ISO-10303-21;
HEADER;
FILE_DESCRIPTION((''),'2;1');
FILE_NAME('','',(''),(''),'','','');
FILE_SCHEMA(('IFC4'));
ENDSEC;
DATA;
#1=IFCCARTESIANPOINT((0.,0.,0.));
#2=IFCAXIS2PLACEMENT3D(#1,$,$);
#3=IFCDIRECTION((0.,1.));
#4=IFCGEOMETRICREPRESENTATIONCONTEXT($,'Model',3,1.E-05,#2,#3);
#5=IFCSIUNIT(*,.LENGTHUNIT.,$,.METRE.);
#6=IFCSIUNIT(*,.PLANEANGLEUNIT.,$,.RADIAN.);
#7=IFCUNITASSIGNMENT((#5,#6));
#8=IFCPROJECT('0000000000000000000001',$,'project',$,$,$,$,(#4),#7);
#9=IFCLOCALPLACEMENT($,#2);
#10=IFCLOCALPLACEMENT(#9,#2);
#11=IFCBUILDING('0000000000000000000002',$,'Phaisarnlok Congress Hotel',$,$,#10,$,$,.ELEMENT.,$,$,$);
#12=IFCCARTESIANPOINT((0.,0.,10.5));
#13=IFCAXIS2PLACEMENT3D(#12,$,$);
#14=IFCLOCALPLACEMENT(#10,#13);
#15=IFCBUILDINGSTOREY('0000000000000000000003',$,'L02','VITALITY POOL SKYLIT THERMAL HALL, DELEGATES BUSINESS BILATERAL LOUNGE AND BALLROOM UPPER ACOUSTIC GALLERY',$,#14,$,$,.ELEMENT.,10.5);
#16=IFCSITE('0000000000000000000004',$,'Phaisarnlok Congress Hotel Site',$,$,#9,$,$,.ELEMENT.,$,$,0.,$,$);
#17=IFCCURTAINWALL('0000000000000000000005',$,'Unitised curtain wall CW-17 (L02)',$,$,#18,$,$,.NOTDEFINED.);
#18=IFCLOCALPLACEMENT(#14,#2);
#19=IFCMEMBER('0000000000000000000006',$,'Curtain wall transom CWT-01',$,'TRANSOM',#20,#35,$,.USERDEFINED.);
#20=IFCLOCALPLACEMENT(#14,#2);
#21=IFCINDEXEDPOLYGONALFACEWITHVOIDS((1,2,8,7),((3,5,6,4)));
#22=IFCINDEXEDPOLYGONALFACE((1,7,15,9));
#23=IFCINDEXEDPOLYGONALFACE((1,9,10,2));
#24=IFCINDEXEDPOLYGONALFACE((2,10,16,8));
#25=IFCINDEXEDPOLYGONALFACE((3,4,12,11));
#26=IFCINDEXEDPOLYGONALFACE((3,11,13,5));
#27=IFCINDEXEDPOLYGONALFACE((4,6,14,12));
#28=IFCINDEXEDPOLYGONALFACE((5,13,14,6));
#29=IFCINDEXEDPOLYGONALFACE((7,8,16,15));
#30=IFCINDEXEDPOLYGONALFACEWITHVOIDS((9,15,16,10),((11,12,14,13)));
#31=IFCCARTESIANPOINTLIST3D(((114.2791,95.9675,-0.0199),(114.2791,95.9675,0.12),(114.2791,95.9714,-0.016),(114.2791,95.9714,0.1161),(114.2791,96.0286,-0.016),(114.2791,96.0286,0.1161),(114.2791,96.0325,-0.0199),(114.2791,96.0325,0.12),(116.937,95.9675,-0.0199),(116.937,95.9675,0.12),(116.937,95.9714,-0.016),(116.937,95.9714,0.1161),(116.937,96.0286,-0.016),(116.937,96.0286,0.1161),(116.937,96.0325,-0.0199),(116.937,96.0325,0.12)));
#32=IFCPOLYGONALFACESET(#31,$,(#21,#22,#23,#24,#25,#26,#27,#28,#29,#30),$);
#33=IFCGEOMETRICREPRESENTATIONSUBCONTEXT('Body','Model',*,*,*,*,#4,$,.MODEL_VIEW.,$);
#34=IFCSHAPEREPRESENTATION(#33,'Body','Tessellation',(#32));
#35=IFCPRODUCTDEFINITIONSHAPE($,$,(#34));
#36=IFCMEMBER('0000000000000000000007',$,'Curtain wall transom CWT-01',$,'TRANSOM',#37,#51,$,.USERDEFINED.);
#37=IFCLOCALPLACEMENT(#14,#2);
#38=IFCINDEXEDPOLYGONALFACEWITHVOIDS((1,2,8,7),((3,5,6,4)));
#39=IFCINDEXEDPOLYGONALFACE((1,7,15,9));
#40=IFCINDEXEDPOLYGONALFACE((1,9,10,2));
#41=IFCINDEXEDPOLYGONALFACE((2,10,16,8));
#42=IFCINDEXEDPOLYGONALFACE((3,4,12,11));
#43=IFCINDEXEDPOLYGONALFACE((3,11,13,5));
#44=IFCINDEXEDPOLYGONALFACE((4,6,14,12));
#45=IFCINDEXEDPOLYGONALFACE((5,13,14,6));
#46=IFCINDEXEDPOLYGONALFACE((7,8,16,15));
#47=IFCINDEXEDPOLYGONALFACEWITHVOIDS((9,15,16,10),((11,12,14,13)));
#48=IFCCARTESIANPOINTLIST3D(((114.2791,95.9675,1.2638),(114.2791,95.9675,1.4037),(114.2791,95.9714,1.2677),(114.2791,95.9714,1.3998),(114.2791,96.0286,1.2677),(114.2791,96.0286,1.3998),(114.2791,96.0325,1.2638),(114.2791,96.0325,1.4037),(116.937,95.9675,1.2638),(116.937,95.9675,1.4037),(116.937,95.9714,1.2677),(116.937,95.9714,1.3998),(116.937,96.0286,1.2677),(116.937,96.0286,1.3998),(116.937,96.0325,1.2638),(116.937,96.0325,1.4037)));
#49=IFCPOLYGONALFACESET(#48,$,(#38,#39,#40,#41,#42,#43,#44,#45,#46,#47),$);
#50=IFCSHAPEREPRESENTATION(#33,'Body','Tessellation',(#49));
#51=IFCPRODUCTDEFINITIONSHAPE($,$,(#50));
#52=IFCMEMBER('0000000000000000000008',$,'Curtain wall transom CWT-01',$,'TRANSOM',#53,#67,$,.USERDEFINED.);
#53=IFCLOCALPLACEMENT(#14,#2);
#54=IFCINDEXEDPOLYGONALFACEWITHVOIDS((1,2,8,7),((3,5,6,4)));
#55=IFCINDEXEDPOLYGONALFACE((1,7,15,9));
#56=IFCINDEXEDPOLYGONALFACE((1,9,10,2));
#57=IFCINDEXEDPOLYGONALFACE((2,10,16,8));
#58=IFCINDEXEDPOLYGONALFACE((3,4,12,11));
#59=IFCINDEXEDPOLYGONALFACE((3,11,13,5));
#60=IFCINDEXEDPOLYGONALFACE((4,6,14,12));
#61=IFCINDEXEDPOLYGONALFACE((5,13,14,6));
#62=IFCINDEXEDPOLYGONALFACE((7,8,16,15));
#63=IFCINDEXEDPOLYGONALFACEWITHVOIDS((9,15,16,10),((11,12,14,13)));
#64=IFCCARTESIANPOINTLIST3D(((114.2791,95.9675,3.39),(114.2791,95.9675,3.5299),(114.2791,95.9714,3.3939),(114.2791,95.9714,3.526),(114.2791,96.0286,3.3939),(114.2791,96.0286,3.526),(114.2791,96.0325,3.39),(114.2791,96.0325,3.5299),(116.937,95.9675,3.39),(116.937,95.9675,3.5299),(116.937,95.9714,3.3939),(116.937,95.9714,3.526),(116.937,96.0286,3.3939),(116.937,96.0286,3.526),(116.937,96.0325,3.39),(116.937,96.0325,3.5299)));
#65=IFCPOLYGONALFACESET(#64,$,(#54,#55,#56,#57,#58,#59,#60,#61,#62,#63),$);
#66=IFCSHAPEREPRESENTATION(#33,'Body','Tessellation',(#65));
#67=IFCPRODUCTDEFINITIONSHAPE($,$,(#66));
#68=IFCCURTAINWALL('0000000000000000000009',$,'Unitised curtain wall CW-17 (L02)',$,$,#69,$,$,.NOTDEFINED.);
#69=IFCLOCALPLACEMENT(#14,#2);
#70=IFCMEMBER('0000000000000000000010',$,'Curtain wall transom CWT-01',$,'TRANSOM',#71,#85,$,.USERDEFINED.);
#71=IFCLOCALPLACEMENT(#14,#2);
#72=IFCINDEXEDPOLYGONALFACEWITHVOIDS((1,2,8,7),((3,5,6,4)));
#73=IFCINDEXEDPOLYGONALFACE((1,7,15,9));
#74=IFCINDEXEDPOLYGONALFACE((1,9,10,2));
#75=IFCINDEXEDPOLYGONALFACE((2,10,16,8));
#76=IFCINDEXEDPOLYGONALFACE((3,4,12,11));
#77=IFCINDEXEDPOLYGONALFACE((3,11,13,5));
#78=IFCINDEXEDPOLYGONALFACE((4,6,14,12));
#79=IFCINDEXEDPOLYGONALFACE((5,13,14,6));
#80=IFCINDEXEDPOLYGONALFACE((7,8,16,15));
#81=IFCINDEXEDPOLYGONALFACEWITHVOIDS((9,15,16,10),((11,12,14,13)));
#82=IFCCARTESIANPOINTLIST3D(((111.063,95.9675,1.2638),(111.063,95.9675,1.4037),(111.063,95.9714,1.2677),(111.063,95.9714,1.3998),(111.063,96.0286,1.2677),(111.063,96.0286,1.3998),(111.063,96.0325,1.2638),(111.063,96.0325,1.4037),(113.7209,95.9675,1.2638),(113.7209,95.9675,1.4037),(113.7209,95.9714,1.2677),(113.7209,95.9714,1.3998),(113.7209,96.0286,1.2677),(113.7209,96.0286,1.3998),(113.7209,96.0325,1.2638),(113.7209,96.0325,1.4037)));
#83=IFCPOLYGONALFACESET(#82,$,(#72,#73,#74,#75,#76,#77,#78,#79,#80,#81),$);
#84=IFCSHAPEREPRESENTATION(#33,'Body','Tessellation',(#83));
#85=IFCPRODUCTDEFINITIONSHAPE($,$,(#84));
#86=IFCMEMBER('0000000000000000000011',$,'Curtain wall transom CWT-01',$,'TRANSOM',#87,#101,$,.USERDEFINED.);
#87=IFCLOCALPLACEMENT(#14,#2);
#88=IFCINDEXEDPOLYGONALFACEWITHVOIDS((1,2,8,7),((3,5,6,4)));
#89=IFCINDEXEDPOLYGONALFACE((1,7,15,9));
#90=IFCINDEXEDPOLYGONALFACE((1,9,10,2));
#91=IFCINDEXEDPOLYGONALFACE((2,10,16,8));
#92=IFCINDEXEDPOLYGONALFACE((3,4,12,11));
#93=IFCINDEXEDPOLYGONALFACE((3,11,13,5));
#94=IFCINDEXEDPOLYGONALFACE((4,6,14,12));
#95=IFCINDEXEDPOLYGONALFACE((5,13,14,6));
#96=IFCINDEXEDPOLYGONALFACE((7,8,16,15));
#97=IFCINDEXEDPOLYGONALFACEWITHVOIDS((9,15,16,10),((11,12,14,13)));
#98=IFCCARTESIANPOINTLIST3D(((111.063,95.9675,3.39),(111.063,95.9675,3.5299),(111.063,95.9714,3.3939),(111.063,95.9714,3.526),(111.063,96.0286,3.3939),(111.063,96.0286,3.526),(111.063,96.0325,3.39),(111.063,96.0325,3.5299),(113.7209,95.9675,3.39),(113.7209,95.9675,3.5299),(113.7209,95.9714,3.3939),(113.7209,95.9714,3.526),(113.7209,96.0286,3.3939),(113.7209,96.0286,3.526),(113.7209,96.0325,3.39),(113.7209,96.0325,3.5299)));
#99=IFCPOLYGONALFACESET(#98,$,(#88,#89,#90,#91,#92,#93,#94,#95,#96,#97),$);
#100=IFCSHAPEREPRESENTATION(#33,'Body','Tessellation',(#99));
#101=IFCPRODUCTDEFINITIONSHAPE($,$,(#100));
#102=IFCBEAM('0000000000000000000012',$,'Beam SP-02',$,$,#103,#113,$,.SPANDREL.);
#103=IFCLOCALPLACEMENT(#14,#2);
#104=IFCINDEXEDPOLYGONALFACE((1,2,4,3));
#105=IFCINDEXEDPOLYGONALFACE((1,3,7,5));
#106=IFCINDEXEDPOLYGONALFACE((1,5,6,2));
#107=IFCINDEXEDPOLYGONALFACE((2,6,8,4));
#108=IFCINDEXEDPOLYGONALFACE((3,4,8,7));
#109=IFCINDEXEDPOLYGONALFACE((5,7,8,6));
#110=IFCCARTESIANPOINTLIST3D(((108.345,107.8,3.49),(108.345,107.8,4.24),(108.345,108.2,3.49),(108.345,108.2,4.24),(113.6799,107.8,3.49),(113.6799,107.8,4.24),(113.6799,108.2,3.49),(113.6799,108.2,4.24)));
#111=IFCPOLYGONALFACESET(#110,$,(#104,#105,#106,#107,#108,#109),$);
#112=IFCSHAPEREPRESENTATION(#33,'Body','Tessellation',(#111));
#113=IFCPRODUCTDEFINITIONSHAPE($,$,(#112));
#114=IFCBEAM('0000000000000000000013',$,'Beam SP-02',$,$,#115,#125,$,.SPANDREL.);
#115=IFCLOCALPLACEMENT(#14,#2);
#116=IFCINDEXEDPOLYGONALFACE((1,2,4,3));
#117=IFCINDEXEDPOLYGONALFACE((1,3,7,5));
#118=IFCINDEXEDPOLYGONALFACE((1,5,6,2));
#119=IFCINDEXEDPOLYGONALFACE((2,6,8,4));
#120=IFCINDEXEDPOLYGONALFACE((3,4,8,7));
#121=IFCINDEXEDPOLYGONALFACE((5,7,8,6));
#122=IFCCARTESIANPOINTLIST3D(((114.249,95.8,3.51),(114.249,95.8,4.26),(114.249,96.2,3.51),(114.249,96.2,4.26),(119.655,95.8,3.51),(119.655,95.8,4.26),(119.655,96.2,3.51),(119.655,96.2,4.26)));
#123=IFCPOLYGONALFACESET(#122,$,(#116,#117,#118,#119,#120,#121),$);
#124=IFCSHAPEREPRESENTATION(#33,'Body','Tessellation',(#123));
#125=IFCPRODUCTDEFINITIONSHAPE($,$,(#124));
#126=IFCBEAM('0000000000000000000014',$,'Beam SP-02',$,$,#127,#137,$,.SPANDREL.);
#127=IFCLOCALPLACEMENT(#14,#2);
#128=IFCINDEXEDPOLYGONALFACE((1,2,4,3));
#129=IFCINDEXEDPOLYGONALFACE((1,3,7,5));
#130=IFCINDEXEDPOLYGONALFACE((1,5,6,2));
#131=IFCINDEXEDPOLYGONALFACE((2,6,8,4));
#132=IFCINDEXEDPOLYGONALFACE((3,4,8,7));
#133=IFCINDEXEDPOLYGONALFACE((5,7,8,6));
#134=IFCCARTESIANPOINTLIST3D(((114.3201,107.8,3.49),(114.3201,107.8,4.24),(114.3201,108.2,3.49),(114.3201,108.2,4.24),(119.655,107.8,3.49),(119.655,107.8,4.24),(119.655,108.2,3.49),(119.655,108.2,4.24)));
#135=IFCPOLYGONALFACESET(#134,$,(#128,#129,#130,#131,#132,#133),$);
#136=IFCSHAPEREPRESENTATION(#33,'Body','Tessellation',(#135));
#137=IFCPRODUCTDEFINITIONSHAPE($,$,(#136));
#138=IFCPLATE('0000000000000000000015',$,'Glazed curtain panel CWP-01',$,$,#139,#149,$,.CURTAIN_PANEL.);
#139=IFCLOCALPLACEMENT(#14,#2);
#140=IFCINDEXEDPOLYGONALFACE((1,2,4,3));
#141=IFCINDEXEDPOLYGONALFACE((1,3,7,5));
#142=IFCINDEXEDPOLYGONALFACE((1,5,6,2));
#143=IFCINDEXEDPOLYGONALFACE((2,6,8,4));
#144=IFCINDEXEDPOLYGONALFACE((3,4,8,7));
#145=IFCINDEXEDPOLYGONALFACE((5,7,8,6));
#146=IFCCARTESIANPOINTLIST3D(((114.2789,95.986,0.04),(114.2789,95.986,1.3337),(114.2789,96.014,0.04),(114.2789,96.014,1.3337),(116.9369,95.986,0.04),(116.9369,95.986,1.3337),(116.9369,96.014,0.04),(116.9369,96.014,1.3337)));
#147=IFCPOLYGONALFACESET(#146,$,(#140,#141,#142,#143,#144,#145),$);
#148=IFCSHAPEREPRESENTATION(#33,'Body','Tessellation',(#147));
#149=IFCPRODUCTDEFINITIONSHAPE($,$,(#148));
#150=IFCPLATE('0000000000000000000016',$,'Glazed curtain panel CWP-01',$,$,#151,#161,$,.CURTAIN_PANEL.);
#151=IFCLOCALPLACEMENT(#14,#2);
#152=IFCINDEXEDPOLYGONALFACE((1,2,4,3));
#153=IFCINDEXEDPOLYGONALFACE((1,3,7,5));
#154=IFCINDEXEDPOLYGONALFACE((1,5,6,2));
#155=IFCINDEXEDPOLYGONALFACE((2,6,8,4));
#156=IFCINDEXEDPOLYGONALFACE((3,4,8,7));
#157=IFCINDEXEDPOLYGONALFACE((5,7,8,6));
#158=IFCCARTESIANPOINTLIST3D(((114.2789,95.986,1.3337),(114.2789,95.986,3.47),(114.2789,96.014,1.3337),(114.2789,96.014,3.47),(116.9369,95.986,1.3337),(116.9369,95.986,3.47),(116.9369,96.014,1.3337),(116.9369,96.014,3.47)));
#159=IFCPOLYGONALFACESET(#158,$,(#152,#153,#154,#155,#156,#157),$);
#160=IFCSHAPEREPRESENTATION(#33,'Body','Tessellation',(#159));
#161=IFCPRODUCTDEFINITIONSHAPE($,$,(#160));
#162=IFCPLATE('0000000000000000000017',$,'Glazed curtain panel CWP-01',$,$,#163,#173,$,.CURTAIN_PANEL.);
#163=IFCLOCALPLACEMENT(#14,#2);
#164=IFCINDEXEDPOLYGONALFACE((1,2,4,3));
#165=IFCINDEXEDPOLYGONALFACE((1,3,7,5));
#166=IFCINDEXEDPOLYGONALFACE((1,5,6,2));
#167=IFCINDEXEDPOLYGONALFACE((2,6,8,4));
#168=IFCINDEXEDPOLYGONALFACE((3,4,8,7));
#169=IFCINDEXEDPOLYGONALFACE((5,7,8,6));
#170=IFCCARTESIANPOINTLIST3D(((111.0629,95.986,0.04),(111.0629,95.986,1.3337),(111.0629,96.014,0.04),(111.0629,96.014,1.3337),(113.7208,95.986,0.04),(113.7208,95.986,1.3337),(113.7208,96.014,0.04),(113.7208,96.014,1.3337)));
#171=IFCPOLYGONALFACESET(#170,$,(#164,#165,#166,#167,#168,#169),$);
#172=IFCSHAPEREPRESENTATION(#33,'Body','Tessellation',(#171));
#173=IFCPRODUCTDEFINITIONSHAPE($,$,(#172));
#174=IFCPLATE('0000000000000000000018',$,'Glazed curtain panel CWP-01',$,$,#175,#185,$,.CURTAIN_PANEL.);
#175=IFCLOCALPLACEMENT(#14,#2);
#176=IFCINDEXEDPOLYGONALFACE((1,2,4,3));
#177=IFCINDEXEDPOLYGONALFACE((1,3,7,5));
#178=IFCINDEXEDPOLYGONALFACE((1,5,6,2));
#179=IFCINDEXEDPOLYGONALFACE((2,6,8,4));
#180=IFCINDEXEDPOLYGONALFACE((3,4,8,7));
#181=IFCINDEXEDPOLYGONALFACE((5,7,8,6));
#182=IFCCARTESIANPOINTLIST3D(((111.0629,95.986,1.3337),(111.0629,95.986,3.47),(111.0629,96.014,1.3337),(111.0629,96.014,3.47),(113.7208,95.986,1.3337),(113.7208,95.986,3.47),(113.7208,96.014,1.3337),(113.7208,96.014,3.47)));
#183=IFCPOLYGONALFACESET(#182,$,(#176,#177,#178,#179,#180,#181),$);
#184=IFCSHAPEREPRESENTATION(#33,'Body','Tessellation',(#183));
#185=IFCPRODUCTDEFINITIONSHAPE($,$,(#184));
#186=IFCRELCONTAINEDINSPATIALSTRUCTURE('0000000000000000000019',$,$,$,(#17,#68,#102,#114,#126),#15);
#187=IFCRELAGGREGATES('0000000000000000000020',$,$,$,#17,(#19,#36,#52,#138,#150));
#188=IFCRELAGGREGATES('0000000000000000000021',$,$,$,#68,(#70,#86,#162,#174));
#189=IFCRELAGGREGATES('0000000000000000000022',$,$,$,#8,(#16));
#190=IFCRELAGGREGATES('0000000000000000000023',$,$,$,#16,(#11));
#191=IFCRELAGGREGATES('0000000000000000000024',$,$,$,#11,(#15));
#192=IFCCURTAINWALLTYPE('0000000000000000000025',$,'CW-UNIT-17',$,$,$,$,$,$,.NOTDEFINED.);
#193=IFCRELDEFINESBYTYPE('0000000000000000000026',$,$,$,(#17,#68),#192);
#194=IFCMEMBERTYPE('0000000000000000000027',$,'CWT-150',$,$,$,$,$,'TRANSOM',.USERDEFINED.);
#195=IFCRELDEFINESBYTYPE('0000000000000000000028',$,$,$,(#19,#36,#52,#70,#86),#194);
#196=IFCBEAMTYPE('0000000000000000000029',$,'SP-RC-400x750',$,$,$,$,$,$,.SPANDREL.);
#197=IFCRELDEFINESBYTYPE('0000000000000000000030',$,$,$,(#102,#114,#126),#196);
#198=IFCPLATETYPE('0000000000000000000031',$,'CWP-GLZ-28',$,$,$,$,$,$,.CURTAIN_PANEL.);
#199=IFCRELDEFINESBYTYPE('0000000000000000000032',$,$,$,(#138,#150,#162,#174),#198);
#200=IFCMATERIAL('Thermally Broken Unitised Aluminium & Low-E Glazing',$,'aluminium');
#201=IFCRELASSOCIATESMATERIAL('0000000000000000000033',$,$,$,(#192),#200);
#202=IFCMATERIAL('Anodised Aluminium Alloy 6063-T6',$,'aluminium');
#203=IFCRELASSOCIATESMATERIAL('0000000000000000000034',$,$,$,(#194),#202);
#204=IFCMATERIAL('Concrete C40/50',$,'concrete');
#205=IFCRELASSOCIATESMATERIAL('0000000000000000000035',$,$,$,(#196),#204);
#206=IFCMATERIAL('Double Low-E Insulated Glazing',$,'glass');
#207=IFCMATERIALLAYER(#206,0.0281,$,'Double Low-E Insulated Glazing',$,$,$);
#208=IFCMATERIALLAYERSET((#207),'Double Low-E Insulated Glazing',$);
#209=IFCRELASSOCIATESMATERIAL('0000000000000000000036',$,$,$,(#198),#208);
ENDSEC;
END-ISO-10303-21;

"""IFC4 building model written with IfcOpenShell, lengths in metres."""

from ifc_helpers import new_model, si_unit, direction, frame, frame_2d, origin, origin_2d, place, context, subcontext, project, spatial, rectangle, hollow_rectangle, extrude, material, layer, layer_set, material_profile, profile_set, type_object, element, aggregate, save


model = new_model("IFC4")

# Units and contexts
model_context = context("Model", 3, precision=1e-05, world=origin(), true_north=direction((0.0, 1.0)))
body_context = subcontext(model_context, "Body", "Model", "MODEL_VIEW")
ifc_project = project(units=[si_unit("LENGTHUNIT", "METRE"), si_unit("PLANEANGLEUNIT", "RADIAN")], contexts=[model_context])

# Site, building, storey
site_placement = place(None, origin())
site = spatial("IfcSite", under=ifc_project, at=site_placement, Name="Phaisarnlok Congress Hotel Site", CompositionType="ELEMENT", RefElevation=0.0)
building_placement = place(site_placement, origin())
building = spatial("IfcBuilding", under=site, at=building_placement, Name="Phaisarnlok Congress Hotel", CompositionType="ELEMENT")
storey_placement = place(building_placement, frame((0.0, 0.0, 10.5)))
storey = spatial("IfcBuildingStorey", under=building, at=storey_placement, Name="L02", Description="VITALITY POOL SKYLIT THERMAL HALL, DELEGATES BUSINESS BILATERAL LOUNGE AND BALLROOM UPPER ACOUSTIC GALLERY", CompositionType="ELEMENT", Elevation=10.5)

# Curtain walls, members
ifc_material_1 = material(Name="Thermally Broken Unitised Aluminium & Low-E Glazing", Category="aluminium")
curtain_wall_type = type_object("IfcCurtainWallType", Name="CW-UNIT-17", PredefinedType="NOTDEFINED", material=ifc_material_1)
curtain_wall_1_placement = place(storey_placement, origin())
curtain_wall_1 = element("IfcCurtainWall", 1, at=curtain_wall_1_placement, inside=storey, type_object=curtain_wall_type, Name="Unitised curtain wall CW-17 (L02)", PredefinedType="NOTDEFINED")
ifc_material_2 = material(Name="Anodised Aluminium Alloy 6063-T6", Category="aluminium")
ifc_material_profile_1 = material_profile(ifc_material_2, hollow_rectangle(XDim=0.0649, YDim=0.1399, WallThickness=0.0039, at=origin_2d()), Name="ALU-T 65x140x4")
ifc_profile_set_1 = profile_set([ifc_material_profile_1], Name="Anodised Aluminium Alloy 6063-T6")
member_type_1 = type_object("IfcMemberType", Name="CWT-150", ElementType="TRANSOM", PredefinedType="USERDEFINED", material=ifc_profile_set_1)
member_1_placement = place(storey_placement, frame((116.937, 96.0, 0.05), z_axis=(-1.0, 0.0, 0.0), x_axis=(0.0, -1.0, 0.0)))
member_1 = element("IfcMember", 2, at=member_1_placement, type_object=member_type_1, Name="Curtain wall transom CWT-01", ObjectType="TRANSOM", PredefinedType="USERDEFINED", context=body_context, shape_type="SweptSolid", body=[
    extrude(hollow_rectangle(XDim=0.0649, YDim=0.1399, WallThickness=0.0039, at=origin_2d()), origin(), (0.0, 0.0, 1.0), 2.658),
])
member_2_placement = place(storey_placement, frame((116.937, 96.0, 1.3337), z_axis=(-1.0, 0.0, 0.0), x_axis=(0.0, -1.0, 0.0)))
member_2 = element("IfcMember", 3, at=member_2_placement, type_object=member_type_1, Name="Curtain wall transom CWT-01", ObjectType="TRANSOM", PredefinedType="USERDEFINED", context=body_context, shape_type="SweptSolid", body=[
    extrude(hollow_rectangle(XDim=0.0649, YDim=0.1399, WallThickness=0.0039, at=origin_2d()), origin(), (0.0, 0.0, 1.0), 2.658),
])
member_3_placement = place(storey_placement, frame((116.937, 96.0, 3.46), z_axis=(-1.0, 0.0, 0.0), x_axis=(0.0, -1.0, 0.0)))
member_3 = element("IfcMember", 4, at=member_3_placement, type_object=member_type_1, Name="Curtain wall transom CWT-01", ObjectType="TRANSOM", PredefinedType="USERDEFINED", context=body_context, shape_type="SweptSolid", body=[
    extrude(hollow_rectangle(XDim=0.0649, YDim=0.1399, WallThickness=0.0039, at=origin_2d()), origin(), (0.0, 0.0, 1.0), 2.658),
])
curtain_wall_2_placement = place(storey_placement, origin())
curtain_wall_2 = element("IfcCurtainWall", 5, at=curtain_wall_2_placement, inside=storey, type_object=curtain_wall_type, Name="Unitised curtain wall CW-17 (L02)", PredefinedType="NOTDEFINED")
member_4_placement = place(storey_placement, frame((113.7209, 96.0, 1.3337), z_axis=(-1.0, 0.0, 0.0), x_axis=(0.0, -1.0, 0.0)))
member_4 = element("IfcMember", 6, at=member_4_placement, type_object=member_type_1, Name="Curtain wall transom CWT-01", ObjectType="TRANSOM", PredefinedType="USERDEFINED", context=body_context, shape_type="SweptSolid", body=[
    extrude(hollow_rectangle(XDim=0.0649, YDim=0.1399, WallThickness=0.0039, at=origin_2d()), origin(), (0.0, 0.0, 1.0), 2.658),
])
member_5_placement = place(storey_placement, frame((113.7209, 96.0, 3.46), z_axis=(-1.0, 0.0, 0.0), x_axis=(0.0, -1.0, 0.0)))
member_5 = element("IfcMember", 7, at=member_5_placement, type_object=member_type_1, Name="Curtain wall transom CWT-01", ObjectType="TRANSOM", PredefinedType="USERDEFINED", context=body_context, shape_type="SweptSolid", body=[
    extrude(hollow_rectangle(XDim=0.0649, YDim=0.1399, WallThickness=0.0039, at=origin_2d()), origin(), (0.0, 0.0, 1.0), 2.658),
])

# Beams
ifc_material_3 = material(Name="Concrete C40/50", Category="concrete")
ifc_material_profile_2 = material_profile(ifc_material_3, rectangle(XDim=0.3999, YDim=0.75, at=origin_2d()), Name="RC 400x750")
ifc_profile_set_2 = profile_set([ifc_material_profile_2], Name="Concrete C40/50")
beam_type = type_object("IfcBeamType", Name="SP-RC-400x750", PredefinedType="SPANDREL", material=ifc_profile_set_2)
beam_1_placement = place(storey_placement, frame((108.345, 108.0, 3.865), z_axis=(1.0, 0.0, 0.0), x_axis=(0.0, 1.0, 0.0)))
element("IfcBeam", 8, at=beam_1_placement, inside=storey, type_object=beam_type, Name="Beam SP-02", PredefinedType="SPANDREL", context=body_context, shape_type="SweptSolid", body=[
    extrude(rectangle(XDim=0.3999, YDim=0.75, at=origin_2d()), origin(), (0.0, 0.0, 1.0), 5.335),
])
beam_2_placement = place(storey_placement, frame((114.249, 96.0, 3.885), z_axis=(1.0, 0.0, 0.0), x_axis=(0.0, 1.0, 0.0)))
element("IfcBeam", 9, at=beam_2_placement, inside=storey, type_object=beam_type, Name="Beam SP-02", PredefinedType="SPANDREL", context=body_context, shape_type="SweptSolid", body=[
    extrude(rectangle(XDim=0.3999, YDim=0.75, at=origin_2d()), origin(), (0.0, 0.0, 1.0), 5.406),
])
beam_3_placement = place(storey_placement, frame((114.3201, 108.0, 3.865), z_axis=(1.0, 0.0, 0.0), x_axis=(0.0, 1.0, 0.0)))
element("IfcBeam", 10, at=beam_3_placement, inside=storey, type_object=beam_type, Name="Beam SP-02", PredefinedType="SPANDREL", context=body_context, shape_type="SweptSolid", body=[
    extrude(rectangle(XDim=0.3999, YDim=0.75, at=origin_2d()), origin(), (0.0, 0.0, 1.0), 5.335),
])

# Plates
ifc_material_4 = material(Name="Double Low-E Insulated Glazing", Category="glass")
ifc_layer_1 = layer(ifc_material_4, 0.0281, Name="Double Low-E Insulated Glazing")
ifc_layer_set_1 = layer_set([ifc_layer_1], Name="Double Low-E Insulated Glazing")
plate_type_1 = type_object("IfcPlateType", Name="CWP-GLZ-28", PredefinedType="CURTAIN_PANEL", material=ifc_layer_set_1)
plate_1_placement = place(storey_placement, frame((116.937, 96.0, 0.04), z_axis=(0.0, 0.0, 1.0), x_axis=(-1.0, 0.0, 0.0)))
plate_1 = element("IfcPlate", 11, at=plate_1_placement, type_object=plate_type_1, Name="Glazed curtain panel CWP-01", PredefinedType="CURTAIN_PANEL", context=body_context, shape_type="SweptSolid", body=[
    extrude(rectangle(XDim=2.658, YDim=0.0281, at=frame_2d((1.3291, 0.0))), origin(), (0.0, 0.0, 1.0), 1.2937),
])
plate_2_placement = place(storey_placement, frame((116.937, 96.0, 1.3337), z_axis=(0.0, 0.0, 1.0), x_axis=(-1.0, 0.0, 0.0)))
plate_2 = element("IfcPlate", 12, at=plate_2_placement, type_object=plate_type_1, Name="Glazed curtain panel CWP-01", PredefinedType="CURTAIN_PANEL", context=body_context, shape_type="SweptSolid", body=[
    extrude(rectangle(XDim=2.658, YDim=0.0281, at=frame_2d((1.3291, 0.0))), origin(), (0.0, 0.0, 1.0), 2.1362),
])
aggregate(curtain_wall_1, [member_1, member_2, member_3, plate_1, plate_2])
plate_3_placement = place(storey_placement, frame((113.7209, 96.0, 0.04), z_axis=(0.0, 0.0, 1.0), x_axis=(-1.0, 0.0, 0.0)))
plate_3 = element("IfcPlate", 13, at=plate_3_placement, type_object=plate_type_1, Name="Glazed curtain panel CWP-01", PredefinedType="CURTAIN_PANEL", context=body_context, shape_type="SweptSolid", body=[
    extrude(rectangle(XDim=2.658, YDim=0.0281, at=frame_2d((1.3291, 0.0))), origin(), (0.0, 0.0, 1.0), 1.2937),
])
plate_4_placement = place(storey_placement, frame((113.7209, 96.0, 1.3337), z_axis=(0.0, 0.0, 1.0), x_axis=(-1.0, 0.0, 0.0)))
plate_4 = element("IfcPlate", 14, at=plate_4_placement, type_object=plate_type_1, Name="Glazed curtain panel CWP-01", PredefinedType="CURTAIN_PANEL", context=body_context, shape_type="SweptSolid", body=[
    extrude(rectangle(XDim=2.658, YDim=0.0281, at=frame_2d((1.3291, 0.0))), origin(), (0.0, 0.0, 1.0), 2.1362),
])
aggregate(curtain_wall_2, [member_4, member_5, plate_3, plate_4])

save(model, "model.ifc")
